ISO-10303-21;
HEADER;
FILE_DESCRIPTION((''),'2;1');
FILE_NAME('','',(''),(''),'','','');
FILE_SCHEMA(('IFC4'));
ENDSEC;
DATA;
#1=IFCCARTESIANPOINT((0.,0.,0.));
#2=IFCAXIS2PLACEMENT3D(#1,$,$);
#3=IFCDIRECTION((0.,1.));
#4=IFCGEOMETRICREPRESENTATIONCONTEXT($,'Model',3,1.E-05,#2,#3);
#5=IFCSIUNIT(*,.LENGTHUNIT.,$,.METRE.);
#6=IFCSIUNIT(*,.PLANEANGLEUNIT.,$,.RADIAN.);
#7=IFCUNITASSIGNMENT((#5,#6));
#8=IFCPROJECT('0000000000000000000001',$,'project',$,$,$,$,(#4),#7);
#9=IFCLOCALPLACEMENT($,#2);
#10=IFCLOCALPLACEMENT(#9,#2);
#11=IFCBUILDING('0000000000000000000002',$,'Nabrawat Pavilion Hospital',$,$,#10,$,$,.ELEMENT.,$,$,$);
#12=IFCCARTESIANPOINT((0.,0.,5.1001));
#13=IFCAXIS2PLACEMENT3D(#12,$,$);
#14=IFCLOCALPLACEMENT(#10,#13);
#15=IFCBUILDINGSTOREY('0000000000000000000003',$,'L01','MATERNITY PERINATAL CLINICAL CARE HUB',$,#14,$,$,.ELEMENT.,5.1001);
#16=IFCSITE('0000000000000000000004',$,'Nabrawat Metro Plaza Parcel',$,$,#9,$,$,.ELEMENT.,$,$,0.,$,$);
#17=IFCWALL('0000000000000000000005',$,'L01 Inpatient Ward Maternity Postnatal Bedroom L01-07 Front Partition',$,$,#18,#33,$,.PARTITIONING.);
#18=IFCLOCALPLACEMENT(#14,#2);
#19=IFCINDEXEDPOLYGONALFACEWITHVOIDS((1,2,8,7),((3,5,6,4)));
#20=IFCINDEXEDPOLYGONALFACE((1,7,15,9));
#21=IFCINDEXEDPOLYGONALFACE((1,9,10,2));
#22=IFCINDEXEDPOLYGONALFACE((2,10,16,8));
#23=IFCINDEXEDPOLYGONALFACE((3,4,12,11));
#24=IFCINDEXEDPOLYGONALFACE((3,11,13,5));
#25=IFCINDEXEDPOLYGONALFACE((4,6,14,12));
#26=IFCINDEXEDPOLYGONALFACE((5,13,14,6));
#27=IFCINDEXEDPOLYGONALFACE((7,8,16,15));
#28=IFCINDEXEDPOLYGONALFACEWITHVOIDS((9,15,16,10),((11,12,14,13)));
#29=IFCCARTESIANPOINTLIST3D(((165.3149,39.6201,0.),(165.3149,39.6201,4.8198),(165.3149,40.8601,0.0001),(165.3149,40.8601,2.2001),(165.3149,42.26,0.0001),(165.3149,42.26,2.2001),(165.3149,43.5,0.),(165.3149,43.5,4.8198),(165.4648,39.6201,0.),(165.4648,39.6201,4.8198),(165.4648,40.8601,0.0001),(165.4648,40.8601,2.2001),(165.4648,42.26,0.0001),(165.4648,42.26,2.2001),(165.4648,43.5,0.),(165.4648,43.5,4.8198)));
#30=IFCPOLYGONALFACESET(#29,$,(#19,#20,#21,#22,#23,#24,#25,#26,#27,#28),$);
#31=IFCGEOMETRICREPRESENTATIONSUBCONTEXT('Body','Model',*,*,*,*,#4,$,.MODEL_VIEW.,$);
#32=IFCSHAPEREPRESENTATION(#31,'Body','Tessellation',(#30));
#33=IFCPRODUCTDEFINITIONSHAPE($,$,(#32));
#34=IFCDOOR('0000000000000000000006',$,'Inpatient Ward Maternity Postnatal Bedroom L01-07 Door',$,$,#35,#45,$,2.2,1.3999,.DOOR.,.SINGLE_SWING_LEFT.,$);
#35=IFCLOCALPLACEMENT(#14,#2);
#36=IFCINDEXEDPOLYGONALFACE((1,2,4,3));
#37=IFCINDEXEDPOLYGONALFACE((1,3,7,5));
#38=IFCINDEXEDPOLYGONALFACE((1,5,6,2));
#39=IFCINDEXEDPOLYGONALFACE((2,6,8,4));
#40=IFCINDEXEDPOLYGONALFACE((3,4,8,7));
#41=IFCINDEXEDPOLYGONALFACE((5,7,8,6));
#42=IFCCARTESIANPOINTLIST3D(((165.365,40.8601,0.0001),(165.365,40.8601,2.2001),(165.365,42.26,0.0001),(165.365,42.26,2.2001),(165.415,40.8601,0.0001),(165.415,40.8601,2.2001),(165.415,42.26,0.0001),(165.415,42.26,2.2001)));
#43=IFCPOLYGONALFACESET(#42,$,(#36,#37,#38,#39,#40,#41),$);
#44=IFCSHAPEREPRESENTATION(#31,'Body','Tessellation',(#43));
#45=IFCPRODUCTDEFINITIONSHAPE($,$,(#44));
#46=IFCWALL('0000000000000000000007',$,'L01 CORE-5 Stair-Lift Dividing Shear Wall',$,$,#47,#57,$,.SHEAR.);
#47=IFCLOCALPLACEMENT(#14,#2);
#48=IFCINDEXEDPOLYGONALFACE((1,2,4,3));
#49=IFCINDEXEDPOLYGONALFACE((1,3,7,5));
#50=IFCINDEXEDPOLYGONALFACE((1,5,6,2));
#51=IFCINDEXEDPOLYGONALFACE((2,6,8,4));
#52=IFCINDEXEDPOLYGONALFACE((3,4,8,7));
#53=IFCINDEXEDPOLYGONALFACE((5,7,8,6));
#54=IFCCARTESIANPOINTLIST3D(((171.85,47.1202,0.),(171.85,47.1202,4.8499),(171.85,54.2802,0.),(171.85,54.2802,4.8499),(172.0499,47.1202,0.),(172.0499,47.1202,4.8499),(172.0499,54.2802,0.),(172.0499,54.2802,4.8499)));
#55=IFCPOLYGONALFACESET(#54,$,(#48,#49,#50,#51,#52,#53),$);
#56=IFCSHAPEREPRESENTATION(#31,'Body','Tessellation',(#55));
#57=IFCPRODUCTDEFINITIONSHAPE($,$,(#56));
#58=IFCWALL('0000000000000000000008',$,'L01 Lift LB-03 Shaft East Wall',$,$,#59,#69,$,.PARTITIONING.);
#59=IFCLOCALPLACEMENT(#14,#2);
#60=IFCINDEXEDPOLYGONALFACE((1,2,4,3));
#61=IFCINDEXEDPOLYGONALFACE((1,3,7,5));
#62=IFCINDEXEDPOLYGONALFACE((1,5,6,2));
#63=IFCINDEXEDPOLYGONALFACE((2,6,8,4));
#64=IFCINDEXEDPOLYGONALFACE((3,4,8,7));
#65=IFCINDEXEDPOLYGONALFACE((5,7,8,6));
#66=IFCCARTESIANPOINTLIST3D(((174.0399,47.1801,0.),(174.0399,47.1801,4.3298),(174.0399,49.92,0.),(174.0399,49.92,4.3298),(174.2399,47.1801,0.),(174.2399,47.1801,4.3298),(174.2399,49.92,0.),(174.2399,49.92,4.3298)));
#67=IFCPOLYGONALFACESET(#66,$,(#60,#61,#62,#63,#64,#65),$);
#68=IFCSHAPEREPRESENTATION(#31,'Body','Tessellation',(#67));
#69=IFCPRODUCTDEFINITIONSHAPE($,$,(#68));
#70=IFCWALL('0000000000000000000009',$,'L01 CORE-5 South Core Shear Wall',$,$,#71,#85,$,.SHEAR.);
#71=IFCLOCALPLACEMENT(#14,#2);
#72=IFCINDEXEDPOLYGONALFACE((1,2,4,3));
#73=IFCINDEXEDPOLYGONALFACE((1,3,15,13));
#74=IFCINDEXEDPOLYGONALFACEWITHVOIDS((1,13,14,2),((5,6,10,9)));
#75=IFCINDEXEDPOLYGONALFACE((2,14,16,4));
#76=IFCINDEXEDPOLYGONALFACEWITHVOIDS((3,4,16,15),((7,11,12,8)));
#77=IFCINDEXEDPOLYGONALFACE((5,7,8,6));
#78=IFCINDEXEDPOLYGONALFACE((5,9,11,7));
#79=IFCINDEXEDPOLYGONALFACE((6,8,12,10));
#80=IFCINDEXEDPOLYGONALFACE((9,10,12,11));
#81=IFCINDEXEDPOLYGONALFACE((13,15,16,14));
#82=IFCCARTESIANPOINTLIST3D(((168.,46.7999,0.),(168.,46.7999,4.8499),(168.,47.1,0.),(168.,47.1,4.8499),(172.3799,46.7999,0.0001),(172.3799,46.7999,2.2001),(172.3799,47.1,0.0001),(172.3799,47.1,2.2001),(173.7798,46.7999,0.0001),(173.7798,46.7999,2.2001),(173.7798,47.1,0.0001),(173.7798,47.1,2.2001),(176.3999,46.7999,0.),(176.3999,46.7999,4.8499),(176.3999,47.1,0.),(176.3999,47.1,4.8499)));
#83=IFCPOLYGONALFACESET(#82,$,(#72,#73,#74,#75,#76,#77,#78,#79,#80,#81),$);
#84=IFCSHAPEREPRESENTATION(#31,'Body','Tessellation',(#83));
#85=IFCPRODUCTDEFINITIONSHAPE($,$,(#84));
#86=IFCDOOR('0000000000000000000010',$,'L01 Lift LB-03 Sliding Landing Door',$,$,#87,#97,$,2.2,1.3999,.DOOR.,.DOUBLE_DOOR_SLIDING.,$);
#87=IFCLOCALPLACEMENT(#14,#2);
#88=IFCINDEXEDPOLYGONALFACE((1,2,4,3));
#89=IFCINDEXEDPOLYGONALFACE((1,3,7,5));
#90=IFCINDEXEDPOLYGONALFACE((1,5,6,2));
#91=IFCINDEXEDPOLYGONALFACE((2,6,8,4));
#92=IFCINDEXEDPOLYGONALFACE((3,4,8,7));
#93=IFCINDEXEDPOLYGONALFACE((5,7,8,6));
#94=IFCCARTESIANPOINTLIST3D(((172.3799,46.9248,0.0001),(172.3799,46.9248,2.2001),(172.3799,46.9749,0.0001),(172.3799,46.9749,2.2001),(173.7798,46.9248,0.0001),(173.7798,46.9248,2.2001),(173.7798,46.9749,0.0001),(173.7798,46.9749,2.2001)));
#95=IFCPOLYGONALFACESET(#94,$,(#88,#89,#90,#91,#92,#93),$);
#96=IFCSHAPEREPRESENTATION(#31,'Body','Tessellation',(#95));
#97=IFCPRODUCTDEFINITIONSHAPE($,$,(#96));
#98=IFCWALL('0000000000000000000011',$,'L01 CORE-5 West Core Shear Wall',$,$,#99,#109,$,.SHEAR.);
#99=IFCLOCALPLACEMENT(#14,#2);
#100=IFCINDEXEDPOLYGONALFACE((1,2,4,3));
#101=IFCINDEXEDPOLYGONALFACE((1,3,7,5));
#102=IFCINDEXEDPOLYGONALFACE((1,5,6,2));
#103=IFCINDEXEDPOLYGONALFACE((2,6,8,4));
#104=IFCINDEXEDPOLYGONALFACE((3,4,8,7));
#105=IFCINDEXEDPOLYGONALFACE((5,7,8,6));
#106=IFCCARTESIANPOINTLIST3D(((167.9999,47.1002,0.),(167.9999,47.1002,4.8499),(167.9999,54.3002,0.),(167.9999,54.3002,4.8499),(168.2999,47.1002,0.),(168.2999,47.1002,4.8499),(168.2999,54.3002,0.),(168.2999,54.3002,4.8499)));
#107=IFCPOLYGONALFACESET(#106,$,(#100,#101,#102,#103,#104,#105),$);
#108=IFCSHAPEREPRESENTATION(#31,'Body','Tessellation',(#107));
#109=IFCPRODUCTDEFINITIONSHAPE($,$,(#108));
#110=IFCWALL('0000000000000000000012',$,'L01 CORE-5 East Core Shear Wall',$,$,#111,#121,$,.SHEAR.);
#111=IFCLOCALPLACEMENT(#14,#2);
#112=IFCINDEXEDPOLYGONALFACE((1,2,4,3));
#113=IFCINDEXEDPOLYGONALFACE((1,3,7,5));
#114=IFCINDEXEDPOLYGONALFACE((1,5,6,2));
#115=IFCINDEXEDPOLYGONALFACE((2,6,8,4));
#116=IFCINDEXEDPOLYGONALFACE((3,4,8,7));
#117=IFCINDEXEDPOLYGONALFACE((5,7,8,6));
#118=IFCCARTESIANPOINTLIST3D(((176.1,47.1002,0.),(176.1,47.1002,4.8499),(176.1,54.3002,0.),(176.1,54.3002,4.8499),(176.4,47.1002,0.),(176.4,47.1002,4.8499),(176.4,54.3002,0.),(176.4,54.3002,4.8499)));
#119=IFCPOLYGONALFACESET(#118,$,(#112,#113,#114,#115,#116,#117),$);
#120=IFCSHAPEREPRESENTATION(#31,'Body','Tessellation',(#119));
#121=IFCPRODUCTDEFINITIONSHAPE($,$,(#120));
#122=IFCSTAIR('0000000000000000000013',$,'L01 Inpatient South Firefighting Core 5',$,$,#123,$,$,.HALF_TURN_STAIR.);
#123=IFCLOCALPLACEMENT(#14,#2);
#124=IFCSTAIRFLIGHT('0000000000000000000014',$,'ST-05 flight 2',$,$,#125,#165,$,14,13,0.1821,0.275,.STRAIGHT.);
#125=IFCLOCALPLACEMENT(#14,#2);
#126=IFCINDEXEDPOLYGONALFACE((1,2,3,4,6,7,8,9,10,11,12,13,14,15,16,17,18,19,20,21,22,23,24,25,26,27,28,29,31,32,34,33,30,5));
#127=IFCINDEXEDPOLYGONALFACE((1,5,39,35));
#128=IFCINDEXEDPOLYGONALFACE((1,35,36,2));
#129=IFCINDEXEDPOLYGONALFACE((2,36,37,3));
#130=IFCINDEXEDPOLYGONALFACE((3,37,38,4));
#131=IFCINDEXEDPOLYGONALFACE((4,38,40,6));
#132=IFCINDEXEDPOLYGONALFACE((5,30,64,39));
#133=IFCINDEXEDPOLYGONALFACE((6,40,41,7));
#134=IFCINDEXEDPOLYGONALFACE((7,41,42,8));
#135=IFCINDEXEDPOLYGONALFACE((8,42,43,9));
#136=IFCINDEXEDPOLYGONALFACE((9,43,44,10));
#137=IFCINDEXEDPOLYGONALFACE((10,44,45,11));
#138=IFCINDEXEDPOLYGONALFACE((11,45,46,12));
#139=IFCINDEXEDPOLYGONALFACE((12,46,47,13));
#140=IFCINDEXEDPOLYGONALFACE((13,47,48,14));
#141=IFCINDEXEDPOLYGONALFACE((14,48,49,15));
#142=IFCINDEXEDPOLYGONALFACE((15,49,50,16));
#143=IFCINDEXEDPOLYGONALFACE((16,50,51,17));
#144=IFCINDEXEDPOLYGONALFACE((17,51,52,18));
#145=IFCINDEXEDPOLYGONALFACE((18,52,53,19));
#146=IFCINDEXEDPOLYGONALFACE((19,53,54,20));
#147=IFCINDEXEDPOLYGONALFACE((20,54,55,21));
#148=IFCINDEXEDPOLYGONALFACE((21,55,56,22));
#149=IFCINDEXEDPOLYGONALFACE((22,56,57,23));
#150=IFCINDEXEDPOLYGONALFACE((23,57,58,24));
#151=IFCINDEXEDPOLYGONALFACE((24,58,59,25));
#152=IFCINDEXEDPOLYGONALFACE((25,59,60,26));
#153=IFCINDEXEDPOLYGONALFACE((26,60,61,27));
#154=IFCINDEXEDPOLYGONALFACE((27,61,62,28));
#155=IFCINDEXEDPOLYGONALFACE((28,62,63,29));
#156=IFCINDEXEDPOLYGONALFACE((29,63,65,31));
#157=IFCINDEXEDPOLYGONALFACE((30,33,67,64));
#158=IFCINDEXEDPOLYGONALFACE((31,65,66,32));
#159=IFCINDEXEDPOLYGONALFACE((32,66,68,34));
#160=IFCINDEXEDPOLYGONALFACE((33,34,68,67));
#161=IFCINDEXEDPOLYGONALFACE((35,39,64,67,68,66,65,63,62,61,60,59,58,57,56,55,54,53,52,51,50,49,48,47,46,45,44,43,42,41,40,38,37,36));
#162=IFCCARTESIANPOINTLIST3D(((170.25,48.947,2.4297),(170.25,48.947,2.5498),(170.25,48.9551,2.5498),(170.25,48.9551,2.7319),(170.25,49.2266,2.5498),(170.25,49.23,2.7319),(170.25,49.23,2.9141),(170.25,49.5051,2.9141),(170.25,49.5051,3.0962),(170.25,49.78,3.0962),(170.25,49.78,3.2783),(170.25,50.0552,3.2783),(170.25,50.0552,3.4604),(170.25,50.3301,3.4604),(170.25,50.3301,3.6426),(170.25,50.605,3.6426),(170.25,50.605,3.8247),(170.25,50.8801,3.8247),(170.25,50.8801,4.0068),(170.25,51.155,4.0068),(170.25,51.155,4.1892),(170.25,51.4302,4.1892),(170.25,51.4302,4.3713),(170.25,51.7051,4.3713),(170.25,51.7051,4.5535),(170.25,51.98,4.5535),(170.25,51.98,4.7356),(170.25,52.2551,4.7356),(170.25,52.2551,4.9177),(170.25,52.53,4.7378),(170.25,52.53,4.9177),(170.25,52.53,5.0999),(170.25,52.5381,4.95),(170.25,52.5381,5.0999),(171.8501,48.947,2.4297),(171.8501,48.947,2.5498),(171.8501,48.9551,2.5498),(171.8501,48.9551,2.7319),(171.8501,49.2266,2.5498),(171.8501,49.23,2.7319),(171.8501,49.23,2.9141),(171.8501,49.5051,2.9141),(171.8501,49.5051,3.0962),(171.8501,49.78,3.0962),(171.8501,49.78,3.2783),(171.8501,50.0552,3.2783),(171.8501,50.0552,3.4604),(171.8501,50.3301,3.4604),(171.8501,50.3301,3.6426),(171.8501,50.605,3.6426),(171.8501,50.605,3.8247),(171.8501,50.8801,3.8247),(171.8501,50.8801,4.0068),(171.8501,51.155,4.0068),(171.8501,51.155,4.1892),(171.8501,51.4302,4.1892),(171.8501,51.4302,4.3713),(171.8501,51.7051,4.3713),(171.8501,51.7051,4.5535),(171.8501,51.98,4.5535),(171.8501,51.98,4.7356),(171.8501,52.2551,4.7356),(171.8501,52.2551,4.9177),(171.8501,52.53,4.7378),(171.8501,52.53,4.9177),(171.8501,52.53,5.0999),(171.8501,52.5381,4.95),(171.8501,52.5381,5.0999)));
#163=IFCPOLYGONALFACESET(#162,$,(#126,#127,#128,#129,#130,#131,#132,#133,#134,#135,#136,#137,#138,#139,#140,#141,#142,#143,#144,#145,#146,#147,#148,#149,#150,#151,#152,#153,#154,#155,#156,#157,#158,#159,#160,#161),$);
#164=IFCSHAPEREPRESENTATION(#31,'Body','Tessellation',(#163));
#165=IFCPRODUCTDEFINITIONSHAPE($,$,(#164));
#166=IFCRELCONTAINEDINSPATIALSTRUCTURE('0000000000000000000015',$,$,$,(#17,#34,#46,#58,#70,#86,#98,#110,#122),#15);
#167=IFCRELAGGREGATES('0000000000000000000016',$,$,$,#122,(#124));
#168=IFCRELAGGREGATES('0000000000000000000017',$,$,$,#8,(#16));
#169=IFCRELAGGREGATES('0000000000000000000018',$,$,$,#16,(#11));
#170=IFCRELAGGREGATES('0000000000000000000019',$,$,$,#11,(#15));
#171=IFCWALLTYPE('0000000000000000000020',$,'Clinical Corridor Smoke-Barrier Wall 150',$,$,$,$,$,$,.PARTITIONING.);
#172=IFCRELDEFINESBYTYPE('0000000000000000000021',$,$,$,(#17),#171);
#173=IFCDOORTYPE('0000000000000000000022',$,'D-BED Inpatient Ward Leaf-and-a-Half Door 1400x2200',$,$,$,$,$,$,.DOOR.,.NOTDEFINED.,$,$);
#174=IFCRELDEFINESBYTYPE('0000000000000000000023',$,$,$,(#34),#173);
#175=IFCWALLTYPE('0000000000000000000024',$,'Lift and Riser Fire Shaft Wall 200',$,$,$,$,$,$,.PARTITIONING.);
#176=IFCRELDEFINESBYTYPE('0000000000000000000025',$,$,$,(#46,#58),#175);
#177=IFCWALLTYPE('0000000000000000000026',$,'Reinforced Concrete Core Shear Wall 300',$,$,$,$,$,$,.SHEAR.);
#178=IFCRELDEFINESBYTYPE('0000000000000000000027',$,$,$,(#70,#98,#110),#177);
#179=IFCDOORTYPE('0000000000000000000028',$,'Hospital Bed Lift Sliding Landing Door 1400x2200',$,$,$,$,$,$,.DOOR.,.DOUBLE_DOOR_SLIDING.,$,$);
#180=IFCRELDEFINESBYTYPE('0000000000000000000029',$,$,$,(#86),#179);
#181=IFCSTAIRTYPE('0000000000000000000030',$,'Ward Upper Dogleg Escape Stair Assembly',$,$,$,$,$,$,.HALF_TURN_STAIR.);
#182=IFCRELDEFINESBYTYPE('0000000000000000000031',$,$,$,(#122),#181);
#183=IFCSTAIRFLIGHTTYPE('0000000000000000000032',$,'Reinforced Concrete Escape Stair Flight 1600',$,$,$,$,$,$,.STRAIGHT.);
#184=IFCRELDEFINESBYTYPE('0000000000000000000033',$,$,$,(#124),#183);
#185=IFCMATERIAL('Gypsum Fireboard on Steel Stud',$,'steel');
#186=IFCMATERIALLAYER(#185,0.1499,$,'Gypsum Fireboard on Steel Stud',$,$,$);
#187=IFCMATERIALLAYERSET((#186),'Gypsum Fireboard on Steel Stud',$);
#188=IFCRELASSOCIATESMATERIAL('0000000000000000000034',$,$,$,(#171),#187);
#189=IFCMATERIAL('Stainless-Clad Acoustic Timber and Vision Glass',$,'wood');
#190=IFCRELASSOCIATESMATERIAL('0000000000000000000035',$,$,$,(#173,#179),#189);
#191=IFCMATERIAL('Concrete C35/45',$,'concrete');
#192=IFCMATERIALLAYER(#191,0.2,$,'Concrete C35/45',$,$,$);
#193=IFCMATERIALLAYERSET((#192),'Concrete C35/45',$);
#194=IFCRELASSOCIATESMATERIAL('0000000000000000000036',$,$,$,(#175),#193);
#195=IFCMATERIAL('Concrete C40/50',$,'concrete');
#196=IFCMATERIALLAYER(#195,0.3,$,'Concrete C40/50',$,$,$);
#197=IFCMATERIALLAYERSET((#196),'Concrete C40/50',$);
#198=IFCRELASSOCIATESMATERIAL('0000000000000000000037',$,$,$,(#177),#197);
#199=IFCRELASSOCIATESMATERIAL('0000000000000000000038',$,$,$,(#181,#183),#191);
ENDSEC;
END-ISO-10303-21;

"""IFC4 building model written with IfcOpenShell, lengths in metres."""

from ifc_helpers import new_model, si_unit, direction, frame, frame_2d, origin, place, context, subcontext, project, spatial, polyline, rectangle, outline, extrude, material, layer, layer_set, type_object, element, fill, aggregate, save


model = new_model("IFC4")

# Units and contexts
model_context = context("Model", 3, precision=1e-05, world=origin(), true_north=direction((0.0, 1.0)))
body_context = subcontext(model_context, "Body", "Model", "MODEL_VIEW")
ifc_project = project(units=[si_unit("LENGTHUNIT", "METRE"), si_unit("PLANEANGLEUNIT", "RADIAN")], contexts=[model_context])

# Site, building, storey
site_placement = place(None, origin())
site = spatial("IfcSite", under=ifc_project, at=site_placement, Name="Nabrawat Metro Plaza Parcel", CompositionType="ELEMENT", RefElevation=0.0)
building_placement = place(site_placement, origin())
building = spatial("IfcBuilding", under=site, at=building_placement, Name="Nabrawat Pavilion Hospital", CompositionType="ELEMENT")
storey_placement = place(building_placement, frame((0.0, 0.0, 5.1001)))
storey = spatial("IfcBuildingStorey", under=building, at=storey_placement, Name="L01", Description="MATERNITY PERINATAL CLINICAL CARE HUB", CompositionType="ELEMENT", Elevation=5.1001)

# Wall, opening, door
ifc_material_1 = material(Name="Gypsum Fireboard on Steel Stud", Category="steel")
ifc_layer_1 = layer(ifc_material_1, 0.1499, Name="Gypsum Fireboard on Steel Stud")
ifc_layer_set_1 = layer_set([ifc_layer_1], Name="Gypsum Fireboard on Steel Stud")
wall_type_1 = type_object("IfcWallType", Name="Clinical Corridor Smoke-Barrier Wall 150", PredefinedType="PARTITIONING", material=ifc_layer_set_1)
ifc_material_2 = material(Name="Stainless-Clad Acoustic Timber and Vision Glass", Category="wood")
door_type_1 = type_object("IfcDoorType", Name="D-BED Inpatient Ward Leaf-and-a-Half Door 1400x2200", OperationType="NOTDEFINED", PredefinedType="DOOR", material=ifc_material_2)
wall_1_placement = place(storey_placement, frame((165.3899, 39.6201, 0.0), z_axis=(0.0, 0.0, 1.0), x_axis=(0.0, 1.0, 0.0)))
wall_1 = element("IfcWall", 1, at=wall_1_placement, inside=storey, type_object=wall_type_1, Name="L01 Inpatient Ward Maternity Postnatal Bedroom L01-07 Front Partition", PredefinedType="PARTITIONING", context=body_context, shape_type="SweptSolid", body=[
    extrude(rectangle(XDim=3.8799, YDim=0.1499, at=frame_2d((1.9399, 0.0))), origin(), (0.0, 0.0, 1.0), 4.8198),
])
opening_1_placement = place(wall_1_placement, frame((1.24, 0.0, 0.0)))
opening_1 = element("IfcOpeningElement", 2, at=opening_1_placement, cuts=wall_1, PredefinedType="OPENING", context=body_context, shape_type="SweptSolid", body=[
    extrude(rectangle(XDim=1.3999, YDim=2.2, at=frame_2d((0.7, 1.1001))), frame((0.0, 0.085, 0.0), z_axis=(0.0, -1.0, 0.0), x_axis=(1.0, 0.0, 0.0)), (0.0, 0.0, 1.0), 0.1699),
])
door_1_placement = place(opening_1_placement, origin())
door_1 = element("IfcDoor", 3, at=door_1_placement, inside=storey, type_object=door_type_1, Name="Inpatient Ward Maternity Postnatal Bedroom L01-07 Door", OperationType="SINGLE_SWING_LEFT", OverallHeight=2.2, OverallWidth=1.3999, PredefinedType="DOOR", context=body_context, shape_type="SweptSolid", body=[
    extrude(rectangle(XDim=1.3999, YDim=2.2, at=frame_2d((0.7, 1.1001))), frame((0.0, 0.0249, 0.0), z_axis=(0.0, -1.0, 0.0), x_axis=(1.0, 0.0, 0.0)), (0.0, 0.0, 1.0), 0.05),
])
fill(opening_1, door_1)

# Walls
ifc_material_3 = material(Name="Concrete C35/45", Category="concrete")
ifc_layer_2 = layer(ifc_material_3, 0.2, Name="Concrete C35/45")
ifc_layer_set_2 = layer_set([ifc_layer_2], Name="Concrete C35/45")
wall_type_2 = type_object("IfcWallType", Name="Lift and Riser Fire Shaft Wall 200", PredefinedType="PARTITIONING", material=ifc_layer_set_2)
wall_2_placement = place(storey_placement, frame((171.95, 47.1201, 0.0), z_axis=(0.0, 0.0, 1.0), x_axis=(0.0, 1.0, 0.0)))
element("IfcWall", 4, at=wall_2_placement, inside=storey, type_object=wall_type_2, Name="L01 CORE-5 Stair-Lift Dividing Shear Wall", PredefinedType="SHEAR", context=body_context, shape_type="SweptSolid", body=[
    extrude(rectangle(XDim=7.1599, YDim=0.2, at=frame_2d((3.5801, 0.0))), origin(), (0.0, 0.0, 1.0), 4.8499),
])
wall_3_placement = place(storey_placement, frame((174.1399, 47.1799, 0.0), z_axis=(0.0, 0.0, 1.0), x_axis=(0.0, 1.0, 0.0)))
element("IfcWall", 5, at=wall_3_placement, inside=storey, type_object=wall_type_2, Name="L01 Lift LB-03 Shaft East Wall", PredefinedType="PARTITIONING", context=body_context, shape_type="SweptSolid", body=[
    extrude(rectangle(XDim=2.74, YDim=0.2, at=frame_2d((1.3701, 0.0))), origin(), (0.0, 0.0, 1.0), 4.3298),
])

# Wall, opening, door
ifc_material_4 = material(Name="Concrete C40/50", Category="concrete")
ifc_layer_3 = layer(ifc_material_4, 0.3, Name="Concrete C40/50")
ifc_layer_set_3 = layer_set([ifc_layer_3], Name="Concrete C40/50")
wall_type_3 = type_object("IfcWallType", Name="Reinforced Concrete Core Shear Wall 300", PredefinedType="SHEAR", material=ifc_layer_set_3)
wall_4_placement = place(storey_placement, frame((168.0, 46.95, 0.0), z_axis=(0.0, 0.0, 1.0), x_axis=(1.0, 0.0, 0.0)))
wall_4 = element("IfcWall", 6, at=wall_4_placement, inside=storey, type_object=wall_type_3, Name="L01 CORE-5 South Core Shear Wall", PredefinedType="SHEAR", context=body_context, shape_type="SweptSolid", body=[
    extrude(rectangle(XDim=8.3999, YDim=0.3, at=frame_2d((4.2, 0.0))), origin(), (0.0, 0.0, 1.0), 4.8499),
])
opening_2_placement = place(wall_4_placement, frame((4.3799, 0.0, 0.0)))
opening_2 = element("IfcOpeningElement", 7, at=opening_2_placement, cuts=wall_4, PredefinedType="OPENING", context=body_context, shape_type="SweptSolid", body=[
    extrude(rectangle(XDim=1.3999, YDim=2.2, at=frame_2d((0.7, 1.1001))), frame((0.0, 0.1602, 0.0), z_axis=(0.0, -1.0, 0.0), x_axis=(1.0, 0.0, 0.0)), (0.0, 0.0, 1.0), 0.3201),
])
door_type_2 = type_object("IfcDoorType", Name="Hospital Bed Lift Sliding Landing Door 1400x2200", OperationType="DOUBLE_DOOR_SLIDING", PredefinedType="DOOR", material=ifc_material_2)
door_2_placement = place(opening_2_placement, origin())
door_2 = element("IfcDoor", 8, at=door_2_placement, inside=storey, type_object=door_type_2, Name="L01 Lift LB-03 Sliding Landing Door", OperationType="DOUBLE_DOOR_SLIDING", OverallHeight=2.2, OverallWidth=1.3999, PredefinedType="DOOR", context=body_context, shape_type="SweptSolid", body=[
    extrude(rectangle(XDim=1.3999, YDim=2.2, at=frame_2d((0.7, 1.1001))), frame((0.0, 0.0249, 0.0), z_axis=(0.0, -1.0, 0.0), x_axis=(1.0, 0.0, 0.0)), (0.0, 0.0, 1.0), 0.05),
])
fill(opening_2, door_2)

# Walls
for number, where, z_axis, x_axis, name in (
    (9, (168.1499, 47.1001, 0.0), (0.0, 0.0, 1.0), (0.0, 1.0, 0.0), "L01 CORE-5 West Core Shear Wall"),
    (10, (176.25, 47.1001, 0.0), (0.0, 0.0, 1.0), (0.0, 1.0, 0.0), "L01 CORE-5 East Core Shear Wall"),
):
    element("IfcWall", number, at=place(storey_placement, frame(where, z_axis=z_axis, x_axis=x_axis)), inside=storey, type_object=wall_type_3, Name=name, PredefinedType="SHEAR", context=body_context, shape_type="SweptSolid", body=[
        extrude(rectangle(XDim=7.2, YDim=0.3, at=frame_2d((3.6001, 0.0))), origin(), (0.0, 0.0, 1.0), 4.8499),
    ])

# Stair, stair flight
stair_type = type_object("IfcStairType", Name="Ward Upper Dogleg Escape Stair Assembly", PredefinedType="HALF_TURN_STAIR", material=ifc_material_3)
stair_placement = place(storey_placement, origin())
stair = element("IfcStair", 11, at=stair_placement, inside=storey, type_object=stair_type, Name="L01 Inpatient South Firefighting Core 5", PredefinedType="HALF_TURN_STAIR")
stair_flight_type = type_object("IfcStairFlightType", Name="Reinforced Concrete Escape Stair Flight 1600", PredefinedType="STRAIGHT", material=ifc_material_3)
stair_flight_placement = place(storey_placement, frame((171.05, 48.9551, 2.5498), z_axis=(0.0, 0.0, 1.0), x_axis=(0.0, 1.0, 0.0)))
stair_flight = element("IfcStairFlight", 12, at=stair_flight_placement, type_object=stair_flight_type, Name="ST-05 flight 2", NumberOfRisers=14, NumberOfTreads=13, PredefinedType="STRAIGHT", RiserHeight=0.1821, TreadLength=0.275, context=body_context, shape_type="SweptSolid", body=[
    extrude(outline(polyline([(-0.0081, 0.0), (0.0, 0.0), (0.0, 0.1821), (0.2749, 0.1821), (0.2749, 0.3643), (0.55, 0.3643), (0.55, 0.5464), (0.825, 0.5464), (0.825, 0.7285), (1.1001, 0.7285), (1.1001, 0.9106), (1.375, 0.9106), (1.375, 1.0928), (1.6499, 1.0928), (1.6499, 1.2749), (1.925, 1.2749), (1.925, 1.457), (2.2, 1.457), (2.2, 1.6394), (2.4751, 1.6394), (2.4751, 1.8215), (2.75, 1.8215), (2.75, 2.0037), (3.0249, 2.0037), (3.0249, 2.1858), (3.3, 2.1858), (3.3, 2.3679), (3.575, 2.3679), (3.575, 2.55), (3.583, 2.55), (3.583, 2.4001), (3.575, 2.188), (0.2715, 0.0), (-0.0081, -0.1201), (-0.0081, 0.0)])), frame((0.0, 0.8, 0.0), z_axis=(0.0, -1.0, 0.0), x_axis=(1.0, 0.0, 0.0)), (0.0, 0.0, 1.0), 1.6001),
])
aggregate(stair, [stair_flight])

save(model, "model.ifc")
